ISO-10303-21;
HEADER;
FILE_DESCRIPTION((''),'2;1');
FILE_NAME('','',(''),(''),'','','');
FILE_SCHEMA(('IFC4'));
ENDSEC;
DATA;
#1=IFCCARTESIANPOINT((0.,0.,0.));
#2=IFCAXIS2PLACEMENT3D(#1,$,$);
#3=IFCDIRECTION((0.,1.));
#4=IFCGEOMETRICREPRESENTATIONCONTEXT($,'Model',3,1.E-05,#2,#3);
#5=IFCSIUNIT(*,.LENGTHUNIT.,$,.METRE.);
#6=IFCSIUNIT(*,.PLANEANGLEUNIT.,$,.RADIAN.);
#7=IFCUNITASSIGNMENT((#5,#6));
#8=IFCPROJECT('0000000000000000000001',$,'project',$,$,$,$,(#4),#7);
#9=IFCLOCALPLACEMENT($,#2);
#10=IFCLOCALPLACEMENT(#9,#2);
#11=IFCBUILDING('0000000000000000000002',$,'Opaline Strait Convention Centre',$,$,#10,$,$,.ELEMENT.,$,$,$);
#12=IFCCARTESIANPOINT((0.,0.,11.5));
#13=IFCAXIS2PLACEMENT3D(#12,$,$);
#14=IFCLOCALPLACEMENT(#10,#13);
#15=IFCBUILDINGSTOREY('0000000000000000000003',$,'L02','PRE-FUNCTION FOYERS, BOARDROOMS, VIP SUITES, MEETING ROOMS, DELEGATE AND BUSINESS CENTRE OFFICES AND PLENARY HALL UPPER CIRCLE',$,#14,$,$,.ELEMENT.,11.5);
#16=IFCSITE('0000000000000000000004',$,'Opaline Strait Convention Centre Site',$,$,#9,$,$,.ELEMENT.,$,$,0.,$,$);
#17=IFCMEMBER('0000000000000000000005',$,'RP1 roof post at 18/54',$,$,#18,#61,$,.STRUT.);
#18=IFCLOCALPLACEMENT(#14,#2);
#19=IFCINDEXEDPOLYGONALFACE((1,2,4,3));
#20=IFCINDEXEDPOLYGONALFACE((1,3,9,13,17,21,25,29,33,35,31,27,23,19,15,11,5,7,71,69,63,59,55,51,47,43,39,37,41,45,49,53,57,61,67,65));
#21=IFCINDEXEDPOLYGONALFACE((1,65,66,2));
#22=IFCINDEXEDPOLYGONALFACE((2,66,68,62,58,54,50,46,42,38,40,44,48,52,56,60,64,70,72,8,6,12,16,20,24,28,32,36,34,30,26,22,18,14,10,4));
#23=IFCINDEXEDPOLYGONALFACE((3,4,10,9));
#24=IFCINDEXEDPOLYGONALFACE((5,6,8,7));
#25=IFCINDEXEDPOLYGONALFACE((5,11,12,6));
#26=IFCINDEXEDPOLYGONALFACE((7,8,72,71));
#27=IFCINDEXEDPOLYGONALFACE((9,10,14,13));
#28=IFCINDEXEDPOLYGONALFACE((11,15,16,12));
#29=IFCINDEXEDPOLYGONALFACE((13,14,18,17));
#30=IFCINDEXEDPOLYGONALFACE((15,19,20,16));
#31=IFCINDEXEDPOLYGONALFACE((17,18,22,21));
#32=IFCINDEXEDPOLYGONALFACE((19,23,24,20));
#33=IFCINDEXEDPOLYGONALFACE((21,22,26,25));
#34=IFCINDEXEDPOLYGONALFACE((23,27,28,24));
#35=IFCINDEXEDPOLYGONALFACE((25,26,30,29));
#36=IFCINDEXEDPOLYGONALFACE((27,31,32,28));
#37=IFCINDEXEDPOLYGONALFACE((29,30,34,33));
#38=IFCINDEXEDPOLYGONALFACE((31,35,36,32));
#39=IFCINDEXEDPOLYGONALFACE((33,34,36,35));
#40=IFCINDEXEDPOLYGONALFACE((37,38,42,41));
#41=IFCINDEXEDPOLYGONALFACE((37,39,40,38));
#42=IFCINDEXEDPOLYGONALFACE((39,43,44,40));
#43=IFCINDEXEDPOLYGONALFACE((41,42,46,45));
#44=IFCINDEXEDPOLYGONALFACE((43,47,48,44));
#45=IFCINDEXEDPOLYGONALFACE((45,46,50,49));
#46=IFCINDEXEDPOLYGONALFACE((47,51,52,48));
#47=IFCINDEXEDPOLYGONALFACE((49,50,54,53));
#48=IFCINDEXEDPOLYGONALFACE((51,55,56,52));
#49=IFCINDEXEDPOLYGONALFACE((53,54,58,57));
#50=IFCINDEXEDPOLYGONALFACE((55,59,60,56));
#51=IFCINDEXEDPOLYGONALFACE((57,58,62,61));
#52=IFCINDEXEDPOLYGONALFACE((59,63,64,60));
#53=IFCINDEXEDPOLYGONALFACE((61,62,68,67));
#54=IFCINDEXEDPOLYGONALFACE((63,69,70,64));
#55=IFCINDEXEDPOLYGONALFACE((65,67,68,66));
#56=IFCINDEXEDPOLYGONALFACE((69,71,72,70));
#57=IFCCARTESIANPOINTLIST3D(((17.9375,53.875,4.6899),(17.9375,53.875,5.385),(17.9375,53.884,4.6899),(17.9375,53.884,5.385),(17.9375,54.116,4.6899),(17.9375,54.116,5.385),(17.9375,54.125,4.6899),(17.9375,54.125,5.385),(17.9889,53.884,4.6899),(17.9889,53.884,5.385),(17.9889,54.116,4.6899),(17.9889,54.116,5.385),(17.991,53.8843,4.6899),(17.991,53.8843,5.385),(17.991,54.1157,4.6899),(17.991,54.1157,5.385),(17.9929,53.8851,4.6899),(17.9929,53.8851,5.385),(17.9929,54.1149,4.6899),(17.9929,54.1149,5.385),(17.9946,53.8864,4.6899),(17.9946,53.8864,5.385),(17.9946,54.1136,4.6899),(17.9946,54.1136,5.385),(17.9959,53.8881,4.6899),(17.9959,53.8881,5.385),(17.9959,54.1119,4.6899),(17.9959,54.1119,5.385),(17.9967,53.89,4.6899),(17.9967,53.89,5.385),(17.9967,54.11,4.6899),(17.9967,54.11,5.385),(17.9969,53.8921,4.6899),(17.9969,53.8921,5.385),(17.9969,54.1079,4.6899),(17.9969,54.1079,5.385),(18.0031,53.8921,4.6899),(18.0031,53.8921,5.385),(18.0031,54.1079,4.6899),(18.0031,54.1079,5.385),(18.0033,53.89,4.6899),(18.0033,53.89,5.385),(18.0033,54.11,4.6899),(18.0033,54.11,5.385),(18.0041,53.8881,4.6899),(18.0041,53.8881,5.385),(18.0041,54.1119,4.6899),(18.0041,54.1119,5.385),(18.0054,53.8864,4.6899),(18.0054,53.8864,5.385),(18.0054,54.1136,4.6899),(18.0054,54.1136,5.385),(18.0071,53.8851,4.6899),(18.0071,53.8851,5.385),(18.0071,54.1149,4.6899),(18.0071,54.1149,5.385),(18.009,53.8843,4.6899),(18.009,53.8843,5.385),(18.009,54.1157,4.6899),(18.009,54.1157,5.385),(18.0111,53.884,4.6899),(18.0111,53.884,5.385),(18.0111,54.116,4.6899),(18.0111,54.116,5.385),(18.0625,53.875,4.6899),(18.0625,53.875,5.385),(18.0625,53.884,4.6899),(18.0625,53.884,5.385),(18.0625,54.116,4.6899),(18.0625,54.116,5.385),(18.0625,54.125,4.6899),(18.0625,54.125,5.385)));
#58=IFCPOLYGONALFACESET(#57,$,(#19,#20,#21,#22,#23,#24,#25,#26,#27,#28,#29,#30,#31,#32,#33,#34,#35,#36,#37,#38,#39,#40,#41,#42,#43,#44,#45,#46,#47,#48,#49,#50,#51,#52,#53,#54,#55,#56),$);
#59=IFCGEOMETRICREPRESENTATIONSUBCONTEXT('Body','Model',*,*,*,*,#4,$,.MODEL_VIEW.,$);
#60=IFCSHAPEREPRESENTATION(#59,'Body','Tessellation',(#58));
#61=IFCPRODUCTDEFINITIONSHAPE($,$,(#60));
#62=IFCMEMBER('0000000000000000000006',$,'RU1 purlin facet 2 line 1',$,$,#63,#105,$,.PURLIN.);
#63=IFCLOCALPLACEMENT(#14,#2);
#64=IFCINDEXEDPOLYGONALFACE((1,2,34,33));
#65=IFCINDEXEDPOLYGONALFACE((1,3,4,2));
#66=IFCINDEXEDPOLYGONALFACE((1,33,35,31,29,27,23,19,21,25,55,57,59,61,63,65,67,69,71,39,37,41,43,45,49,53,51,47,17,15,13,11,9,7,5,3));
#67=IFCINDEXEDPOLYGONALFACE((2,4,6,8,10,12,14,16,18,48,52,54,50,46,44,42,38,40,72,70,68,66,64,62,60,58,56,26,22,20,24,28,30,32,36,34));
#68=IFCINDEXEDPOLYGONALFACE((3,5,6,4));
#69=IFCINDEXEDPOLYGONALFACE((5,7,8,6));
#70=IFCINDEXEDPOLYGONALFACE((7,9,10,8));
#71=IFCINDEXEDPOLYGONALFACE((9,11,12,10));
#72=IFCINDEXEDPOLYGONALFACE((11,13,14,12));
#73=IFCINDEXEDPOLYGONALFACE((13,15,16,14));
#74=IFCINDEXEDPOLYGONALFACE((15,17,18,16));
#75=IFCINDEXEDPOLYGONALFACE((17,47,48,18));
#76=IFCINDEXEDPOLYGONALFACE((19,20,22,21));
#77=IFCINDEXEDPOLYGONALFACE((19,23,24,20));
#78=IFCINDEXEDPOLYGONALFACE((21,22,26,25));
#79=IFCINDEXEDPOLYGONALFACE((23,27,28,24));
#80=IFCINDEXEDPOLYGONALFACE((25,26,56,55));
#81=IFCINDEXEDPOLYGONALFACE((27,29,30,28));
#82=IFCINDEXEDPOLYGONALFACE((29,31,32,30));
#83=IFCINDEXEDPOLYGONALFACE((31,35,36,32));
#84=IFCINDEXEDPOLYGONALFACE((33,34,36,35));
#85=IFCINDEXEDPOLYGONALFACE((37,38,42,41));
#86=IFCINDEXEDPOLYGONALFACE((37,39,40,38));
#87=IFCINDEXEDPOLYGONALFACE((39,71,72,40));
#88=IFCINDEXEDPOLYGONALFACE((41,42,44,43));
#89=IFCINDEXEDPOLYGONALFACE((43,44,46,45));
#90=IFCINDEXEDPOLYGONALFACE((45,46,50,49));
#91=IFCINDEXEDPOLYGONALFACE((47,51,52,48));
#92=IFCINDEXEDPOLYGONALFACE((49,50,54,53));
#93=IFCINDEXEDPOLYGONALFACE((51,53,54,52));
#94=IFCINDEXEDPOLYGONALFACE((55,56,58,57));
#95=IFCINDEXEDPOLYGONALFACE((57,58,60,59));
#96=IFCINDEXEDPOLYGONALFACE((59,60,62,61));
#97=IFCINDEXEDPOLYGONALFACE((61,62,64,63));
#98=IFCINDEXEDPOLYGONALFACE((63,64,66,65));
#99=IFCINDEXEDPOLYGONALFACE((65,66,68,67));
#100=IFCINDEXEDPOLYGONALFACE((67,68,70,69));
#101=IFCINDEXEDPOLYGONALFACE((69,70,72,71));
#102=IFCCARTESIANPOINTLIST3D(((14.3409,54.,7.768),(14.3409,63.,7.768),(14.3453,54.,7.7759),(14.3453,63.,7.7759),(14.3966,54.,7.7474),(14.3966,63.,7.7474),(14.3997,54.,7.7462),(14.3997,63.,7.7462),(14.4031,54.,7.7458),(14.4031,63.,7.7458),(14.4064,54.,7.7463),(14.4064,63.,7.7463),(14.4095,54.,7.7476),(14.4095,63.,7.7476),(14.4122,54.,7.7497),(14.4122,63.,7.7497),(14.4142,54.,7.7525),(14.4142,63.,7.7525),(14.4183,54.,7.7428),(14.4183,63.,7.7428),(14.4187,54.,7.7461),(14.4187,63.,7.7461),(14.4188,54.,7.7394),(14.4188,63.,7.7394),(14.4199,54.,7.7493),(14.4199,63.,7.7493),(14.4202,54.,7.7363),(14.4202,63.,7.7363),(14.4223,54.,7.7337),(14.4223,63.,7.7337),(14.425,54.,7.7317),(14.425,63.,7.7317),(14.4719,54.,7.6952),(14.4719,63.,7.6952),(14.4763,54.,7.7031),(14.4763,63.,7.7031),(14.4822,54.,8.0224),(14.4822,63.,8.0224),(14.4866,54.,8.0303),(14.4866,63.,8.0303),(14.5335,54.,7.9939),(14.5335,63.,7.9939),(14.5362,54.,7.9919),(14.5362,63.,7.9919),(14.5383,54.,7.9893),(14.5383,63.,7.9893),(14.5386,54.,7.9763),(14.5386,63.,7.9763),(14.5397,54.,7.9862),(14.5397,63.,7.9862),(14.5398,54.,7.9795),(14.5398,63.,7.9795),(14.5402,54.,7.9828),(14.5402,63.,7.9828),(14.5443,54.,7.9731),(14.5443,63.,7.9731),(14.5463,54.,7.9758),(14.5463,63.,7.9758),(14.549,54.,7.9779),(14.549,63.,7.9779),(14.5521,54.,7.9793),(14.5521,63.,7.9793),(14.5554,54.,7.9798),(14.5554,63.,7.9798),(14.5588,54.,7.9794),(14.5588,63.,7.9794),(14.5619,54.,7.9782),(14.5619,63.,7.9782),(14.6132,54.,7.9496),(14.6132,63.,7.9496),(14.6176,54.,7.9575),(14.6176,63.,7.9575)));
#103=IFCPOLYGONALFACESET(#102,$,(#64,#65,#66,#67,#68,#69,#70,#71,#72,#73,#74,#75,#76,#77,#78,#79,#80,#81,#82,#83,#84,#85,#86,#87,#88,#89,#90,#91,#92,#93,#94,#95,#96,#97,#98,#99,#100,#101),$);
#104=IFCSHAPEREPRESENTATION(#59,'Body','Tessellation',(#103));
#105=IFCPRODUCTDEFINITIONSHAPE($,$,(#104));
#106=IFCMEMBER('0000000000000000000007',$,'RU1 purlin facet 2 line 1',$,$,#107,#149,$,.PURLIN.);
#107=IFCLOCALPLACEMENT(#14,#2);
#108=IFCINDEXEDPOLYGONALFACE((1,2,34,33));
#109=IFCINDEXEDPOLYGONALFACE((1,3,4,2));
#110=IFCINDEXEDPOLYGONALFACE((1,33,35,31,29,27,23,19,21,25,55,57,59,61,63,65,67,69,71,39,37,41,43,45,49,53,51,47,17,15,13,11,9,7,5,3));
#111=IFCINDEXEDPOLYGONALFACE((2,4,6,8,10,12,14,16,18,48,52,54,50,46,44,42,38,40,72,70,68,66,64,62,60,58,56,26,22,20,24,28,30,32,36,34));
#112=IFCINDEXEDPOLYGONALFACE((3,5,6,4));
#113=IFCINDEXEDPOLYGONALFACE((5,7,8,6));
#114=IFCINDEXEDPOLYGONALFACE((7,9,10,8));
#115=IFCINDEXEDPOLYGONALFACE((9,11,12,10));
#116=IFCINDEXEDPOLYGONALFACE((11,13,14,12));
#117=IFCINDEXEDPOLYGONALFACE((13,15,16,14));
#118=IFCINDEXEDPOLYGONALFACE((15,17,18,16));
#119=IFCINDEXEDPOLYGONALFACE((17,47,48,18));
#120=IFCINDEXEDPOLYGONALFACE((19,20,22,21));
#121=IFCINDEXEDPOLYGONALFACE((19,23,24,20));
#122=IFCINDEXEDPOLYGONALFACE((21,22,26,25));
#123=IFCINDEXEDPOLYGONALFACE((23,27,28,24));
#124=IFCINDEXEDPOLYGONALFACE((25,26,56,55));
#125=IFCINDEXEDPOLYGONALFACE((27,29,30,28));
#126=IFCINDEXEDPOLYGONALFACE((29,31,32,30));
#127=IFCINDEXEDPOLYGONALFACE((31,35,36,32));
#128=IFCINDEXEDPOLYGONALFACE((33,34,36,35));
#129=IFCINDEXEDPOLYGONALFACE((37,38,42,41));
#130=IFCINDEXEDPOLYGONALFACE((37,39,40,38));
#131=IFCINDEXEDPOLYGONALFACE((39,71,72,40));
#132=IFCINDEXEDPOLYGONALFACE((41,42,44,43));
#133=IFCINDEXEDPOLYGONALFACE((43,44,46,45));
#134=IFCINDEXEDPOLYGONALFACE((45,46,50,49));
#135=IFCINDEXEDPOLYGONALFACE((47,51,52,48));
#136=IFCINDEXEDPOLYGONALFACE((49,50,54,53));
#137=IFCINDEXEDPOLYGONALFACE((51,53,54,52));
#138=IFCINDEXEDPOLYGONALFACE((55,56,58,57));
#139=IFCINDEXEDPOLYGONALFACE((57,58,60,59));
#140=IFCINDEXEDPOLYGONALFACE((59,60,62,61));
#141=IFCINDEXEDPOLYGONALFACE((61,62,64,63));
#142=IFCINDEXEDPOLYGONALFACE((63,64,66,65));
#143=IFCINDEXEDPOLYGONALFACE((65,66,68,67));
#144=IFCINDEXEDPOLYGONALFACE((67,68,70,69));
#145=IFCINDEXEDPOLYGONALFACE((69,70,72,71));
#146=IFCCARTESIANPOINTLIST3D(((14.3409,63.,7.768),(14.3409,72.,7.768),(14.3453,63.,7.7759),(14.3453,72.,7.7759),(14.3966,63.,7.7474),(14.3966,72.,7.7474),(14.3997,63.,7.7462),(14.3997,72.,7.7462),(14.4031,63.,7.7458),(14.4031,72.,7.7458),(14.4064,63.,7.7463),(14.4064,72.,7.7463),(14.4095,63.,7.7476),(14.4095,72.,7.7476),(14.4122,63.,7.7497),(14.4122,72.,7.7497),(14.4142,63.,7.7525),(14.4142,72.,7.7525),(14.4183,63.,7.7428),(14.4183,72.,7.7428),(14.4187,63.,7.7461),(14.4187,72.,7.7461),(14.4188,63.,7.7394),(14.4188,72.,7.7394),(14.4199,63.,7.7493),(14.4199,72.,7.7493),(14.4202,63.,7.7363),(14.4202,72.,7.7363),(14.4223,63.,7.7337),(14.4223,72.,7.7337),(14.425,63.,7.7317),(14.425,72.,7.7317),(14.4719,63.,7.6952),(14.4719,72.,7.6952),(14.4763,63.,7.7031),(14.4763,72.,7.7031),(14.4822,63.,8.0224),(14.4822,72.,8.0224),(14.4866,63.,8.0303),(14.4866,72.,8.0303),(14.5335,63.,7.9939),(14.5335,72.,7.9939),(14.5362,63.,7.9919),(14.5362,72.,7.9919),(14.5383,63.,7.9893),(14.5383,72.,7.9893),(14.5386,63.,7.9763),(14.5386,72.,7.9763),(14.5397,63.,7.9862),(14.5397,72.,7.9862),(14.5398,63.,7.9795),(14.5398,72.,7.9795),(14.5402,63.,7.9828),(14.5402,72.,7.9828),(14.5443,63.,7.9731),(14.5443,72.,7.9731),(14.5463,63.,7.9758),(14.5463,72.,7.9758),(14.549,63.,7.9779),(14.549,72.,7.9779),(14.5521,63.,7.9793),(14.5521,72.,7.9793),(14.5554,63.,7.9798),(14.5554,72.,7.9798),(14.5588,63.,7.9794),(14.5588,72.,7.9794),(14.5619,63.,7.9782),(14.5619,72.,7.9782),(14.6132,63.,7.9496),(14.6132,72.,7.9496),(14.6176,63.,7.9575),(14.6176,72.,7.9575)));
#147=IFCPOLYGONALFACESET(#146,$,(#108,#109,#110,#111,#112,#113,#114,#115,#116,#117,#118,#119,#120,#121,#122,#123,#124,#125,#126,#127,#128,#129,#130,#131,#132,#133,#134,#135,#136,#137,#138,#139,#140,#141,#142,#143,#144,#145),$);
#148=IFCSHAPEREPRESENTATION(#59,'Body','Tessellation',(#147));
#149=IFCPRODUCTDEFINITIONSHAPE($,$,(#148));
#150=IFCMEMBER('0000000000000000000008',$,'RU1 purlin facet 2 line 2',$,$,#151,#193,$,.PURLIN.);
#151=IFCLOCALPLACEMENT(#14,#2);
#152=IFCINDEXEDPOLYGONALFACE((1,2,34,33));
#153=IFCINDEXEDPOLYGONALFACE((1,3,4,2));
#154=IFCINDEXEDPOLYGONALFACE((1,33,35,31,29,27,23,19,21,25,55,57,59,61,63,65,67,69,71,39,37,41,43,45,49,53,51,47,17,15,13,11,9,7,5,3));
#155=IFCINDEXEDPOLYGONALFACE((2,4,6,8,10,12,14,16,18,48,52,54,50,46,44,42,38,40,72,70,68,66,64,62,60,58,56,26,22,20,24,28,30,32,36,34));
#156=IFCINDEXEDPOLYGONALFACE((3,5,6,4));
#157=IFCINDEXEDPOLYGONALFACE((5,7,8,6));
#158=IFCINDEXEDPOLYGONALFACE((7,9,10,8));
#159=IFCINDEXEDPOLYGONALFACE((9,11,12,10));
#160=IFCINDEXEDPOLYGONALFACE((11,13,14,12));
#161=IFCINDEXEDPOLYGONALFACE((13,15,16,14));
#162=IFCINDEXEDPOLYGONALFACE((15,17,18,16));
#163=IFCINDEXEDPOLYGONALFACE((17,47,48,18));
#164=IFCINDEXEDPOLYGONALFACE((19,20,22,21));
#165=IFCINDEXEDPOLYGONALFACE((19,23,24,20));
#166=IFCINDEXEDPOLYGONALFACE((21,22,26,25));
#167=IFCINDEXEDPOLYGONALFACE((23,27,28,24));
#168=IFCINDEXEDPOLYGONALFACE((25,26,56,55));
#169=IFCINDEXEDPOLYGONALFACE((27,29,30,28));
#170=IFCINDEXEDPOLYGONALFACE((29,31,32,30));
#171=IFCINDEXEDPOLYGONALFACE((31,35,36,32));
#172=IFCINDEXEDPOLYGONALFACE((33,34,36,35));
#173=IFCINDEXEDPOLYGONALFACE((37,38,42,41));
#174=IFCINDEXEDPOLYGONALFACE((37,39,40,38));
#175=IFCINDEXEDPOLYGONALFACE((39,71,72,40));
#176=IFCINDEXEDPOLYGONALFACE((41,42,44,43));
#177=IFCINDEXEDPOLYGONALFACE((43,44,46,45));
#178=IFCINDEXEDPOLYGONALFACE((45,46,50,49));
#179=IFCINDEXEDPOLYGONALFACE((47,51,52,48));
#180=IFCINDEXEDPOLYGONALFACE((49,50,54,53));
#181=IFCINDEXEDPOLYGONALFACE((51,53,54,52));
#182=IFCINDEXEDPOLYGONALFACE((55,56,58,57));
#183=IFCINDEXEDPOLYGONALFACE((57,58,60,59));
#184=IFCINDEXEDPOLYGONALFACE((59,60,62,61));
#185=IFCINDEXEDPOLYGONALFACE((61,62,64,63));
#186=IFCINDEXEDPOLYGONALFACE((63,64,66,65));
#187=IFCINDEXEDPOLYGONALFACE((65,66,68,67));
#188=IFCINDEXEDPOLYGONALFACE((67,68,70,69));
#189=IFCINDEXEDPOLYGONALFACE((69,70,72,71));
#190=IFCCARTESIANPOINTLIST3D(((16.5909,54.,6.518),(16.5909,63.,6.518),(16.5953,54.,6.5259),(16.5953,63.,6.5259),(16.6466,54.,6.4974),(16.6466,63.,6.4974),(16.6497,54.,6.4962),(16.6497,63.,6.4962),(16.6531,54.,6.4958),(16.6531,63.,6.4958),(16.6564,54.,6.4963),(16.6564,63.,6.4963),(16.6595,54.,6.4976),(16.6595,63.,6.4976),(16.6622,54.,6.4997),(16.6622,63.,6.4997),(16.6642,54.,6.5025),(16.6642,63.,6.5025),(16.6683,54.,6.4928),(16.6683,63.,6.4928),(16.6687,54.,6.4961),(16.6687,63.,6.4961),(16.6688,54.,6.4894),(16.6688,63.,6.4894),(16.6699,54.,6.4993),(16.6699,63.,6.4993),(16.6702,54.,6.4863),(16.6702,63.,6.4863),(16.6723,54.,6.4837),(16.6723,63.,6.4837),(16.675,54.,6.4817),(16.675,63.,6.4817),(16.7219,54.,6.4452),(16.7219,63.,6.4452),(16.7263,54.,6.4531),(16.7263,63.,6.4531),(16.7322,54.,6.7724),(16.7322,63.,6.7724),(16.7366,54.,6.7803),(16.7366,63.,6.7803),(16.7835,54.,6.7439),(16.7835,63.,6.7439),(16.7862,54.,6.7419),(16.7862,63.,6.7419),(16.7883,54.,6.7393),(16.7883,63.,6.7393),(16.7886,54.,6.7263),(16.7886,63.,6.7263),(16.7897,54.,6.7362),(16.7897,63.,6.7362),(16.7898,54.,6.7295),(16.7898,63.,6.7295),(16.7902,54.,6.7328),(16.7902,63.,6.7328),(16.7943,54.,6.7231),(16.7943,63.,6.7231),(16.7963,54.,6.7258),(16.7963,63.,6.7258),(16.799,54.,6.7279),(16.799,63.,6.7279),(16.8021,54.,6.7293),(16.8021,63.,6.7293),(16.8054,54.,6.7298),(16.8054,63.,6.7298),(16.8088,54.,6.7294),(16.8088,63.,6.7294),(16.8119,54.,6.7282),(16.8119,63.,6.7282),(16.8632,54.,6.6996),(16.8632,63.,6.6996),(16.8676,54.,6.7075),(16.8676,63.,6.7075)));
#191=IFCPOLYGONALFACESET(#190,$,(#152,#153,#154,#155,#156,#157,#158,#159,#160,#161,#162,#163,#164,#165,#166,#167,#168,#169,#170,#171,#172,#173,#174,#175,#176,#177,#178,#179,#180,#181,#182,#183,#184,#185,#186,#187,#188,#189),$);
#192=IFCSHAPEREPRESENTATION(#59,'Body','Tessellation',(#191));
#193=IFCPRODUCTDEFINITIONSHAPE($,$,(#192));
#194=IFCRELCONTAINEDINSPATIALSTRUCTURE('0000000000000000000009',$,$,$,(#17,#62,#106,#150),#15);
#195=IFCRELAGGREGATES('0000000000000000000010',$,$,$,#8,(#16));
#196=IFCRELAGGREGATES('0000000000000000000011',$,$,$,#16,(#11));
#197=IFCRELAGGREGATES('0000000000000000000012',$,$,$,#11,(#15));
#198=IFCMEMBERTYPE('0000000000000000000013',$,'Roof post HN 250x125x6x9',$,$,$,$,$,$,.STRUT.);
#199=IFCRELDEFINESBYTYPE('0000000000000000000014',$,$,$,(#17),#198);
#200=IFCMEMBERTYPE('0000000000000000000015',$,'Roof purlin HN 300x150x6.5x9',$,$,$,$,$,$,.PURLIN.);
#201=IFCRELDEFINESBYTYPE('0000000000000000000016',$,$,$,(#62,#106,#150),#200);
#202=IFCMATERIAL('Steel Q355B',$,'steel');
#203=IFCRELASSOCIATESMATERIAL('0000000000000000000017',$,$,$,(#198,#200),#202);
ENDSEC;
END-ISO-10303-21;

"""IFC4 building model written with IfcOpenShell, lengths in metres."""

from ifc_helpers import new_model, si_unit, direction, frame, origin, origin_2d, place, context, subcontext, project, spatial, i_section, extrude, material, material_profile, profile_set, type_object, element, save


model = new_model("IFC4")

# Units and contexts
model_context = context("Model", 3, precision=1e-05, world=origin(), true_north=direction((0.0, 1.0)))
body_context = subcontext(model_context, "Body", "Model", "MODEL_VIEW")
ifc_project = project(units=[si_unit("LENGTHUNIT", "METRE"), si_unit("PLANEANGLEUNIT", "RADIAN")], contexts=[model_context])

# Site, building, storey
site_placement = place(None, origin())
site = spatial("IfcSite", under=ifc_project, at=site_placement, Name="Opaline Strait Convention Centre Site", CompositionType="ELEMENT", RefElevation=0.0)
building_placement = place(site_placement, origin())
building = spatial("IfcBuilding", under=site, at=building_placement, Name="Opaline Strait Convention Centre", CompositionType="ELEMENT")
storey_placement = place(building_placement, frame((0.0, 0.0, 11.5)))
storey = spatial("IfcBuildingStorey", under=building, at=storey_placement, Name="L02", Description="PRE-FUNCTION FOYERS, BOARDROOMS, VIP SUITES, MEETING ROOMS, DELEGATE AND BUSINESS CENTRE OFFICES AND PLENARY HALL UPPER CIRCLE", CompositionType="ELEMENT", Elevation=11.5)

# Members
ifc_material_1 = material(Name="Steel Q355B", Category="steel")
ifc_material_profile_1 = material_profile(ifc_material_1, i_section(OverallWidth=0.125, OverallDepth=0.25, WebThickness=0.0061, FlangeThickness=0.009, FilletRadius=0.0081, at=origin_2d()), Name="HN 250x125x6x9")
ifc_profile_set_1 = profile_set([ifc_material_profile_1], Name="Steel Q355B")
member_type_1 = type_object("IfcMemberType", Name="Roof post HN 250x125x6x9", PredefinedType="STRUT", material=ifc_profile_set_1)
member_1_placement = place(storey_placement, frame((18.0, 54.0, 4.6899), z_axis=(0.0, 0.0, 1.0), x_axis=(1.0, 0.0, 0.0)))
element("IfcMember", 1, at=member_1_placement, inside=storey, type_object=member_type_1, Name="RP1 roof post at 18/54", PredefinedType="STRUT", context=body_context, shape_type="SweptSolid", body=[
    extrude(i_section(OverallWidth=0.125, OverallDepth=0.25, WebThickness=0.0061, FlangeThickness=0.009, FilletRadius=0.0081, at=origin_2d()), origin(), (0.0, 0.0, 1.0), 0.6951),
])
ifc_material_profile_2 = material_profile(ifc_material_1, i_section(OverallWidth=0.1499, OverallDepth=0.3, WebThickness=0.0066, FlangeThickness=0.009, FilletRadius=0.0129, at=origin_2d()), Name="HN 300x150x6.5x9")
ifc_profile_set_2 = profile_set([ifc_material_profile_2], Name="Steel Q355B")
member_type_2 = type_object("IfcMemberType", Name="Roof purlin HN 300x150x6.5x9", PredefinedType="PURLIN", material=ifc_profile_set_2)
for number, where, z_axis, x_axis, name in (
    (2, (14.4792, 54.0, 7.8628), (0.0, 1.0, 0.0), (-0.874157, 0.0, 0.485643), "RU1 purlin facet 2 line 1"),
    (3, (14.4792, 63.0, 7.8628), (0.0, 1.0, 0.0), (-0.874157, 0.0, 0.485643), "RU1 purlin facet 2 line 1"),
    (4, (16.7292, 54.0, 6.6128), (0.0, 1.0, 0.0), (-0.874157, 0.0, 0.485643), "RU1 purlin facet 2 line 2"),
):
    element("IfcMember", number, at=place(storey_placement, frame(where, z_axis=z_axis, x_axis=x_axis)), inside=storey, type_object=member_type_2, Name=name, PredefinedType="PURLIN", context=body_context, shape_type="SweptSolid", body=[
        extrude(i_section(OverallWidth=0.1499, OverallDepth=0.3, WebThickness=0.0066, FlangeThickness=0.009, FilletRadius=0.0129, at=origin_2d()), origin(), (0.0, 0.0, 1.0), 9.0),
    ])

save(model, "model.ifc")
